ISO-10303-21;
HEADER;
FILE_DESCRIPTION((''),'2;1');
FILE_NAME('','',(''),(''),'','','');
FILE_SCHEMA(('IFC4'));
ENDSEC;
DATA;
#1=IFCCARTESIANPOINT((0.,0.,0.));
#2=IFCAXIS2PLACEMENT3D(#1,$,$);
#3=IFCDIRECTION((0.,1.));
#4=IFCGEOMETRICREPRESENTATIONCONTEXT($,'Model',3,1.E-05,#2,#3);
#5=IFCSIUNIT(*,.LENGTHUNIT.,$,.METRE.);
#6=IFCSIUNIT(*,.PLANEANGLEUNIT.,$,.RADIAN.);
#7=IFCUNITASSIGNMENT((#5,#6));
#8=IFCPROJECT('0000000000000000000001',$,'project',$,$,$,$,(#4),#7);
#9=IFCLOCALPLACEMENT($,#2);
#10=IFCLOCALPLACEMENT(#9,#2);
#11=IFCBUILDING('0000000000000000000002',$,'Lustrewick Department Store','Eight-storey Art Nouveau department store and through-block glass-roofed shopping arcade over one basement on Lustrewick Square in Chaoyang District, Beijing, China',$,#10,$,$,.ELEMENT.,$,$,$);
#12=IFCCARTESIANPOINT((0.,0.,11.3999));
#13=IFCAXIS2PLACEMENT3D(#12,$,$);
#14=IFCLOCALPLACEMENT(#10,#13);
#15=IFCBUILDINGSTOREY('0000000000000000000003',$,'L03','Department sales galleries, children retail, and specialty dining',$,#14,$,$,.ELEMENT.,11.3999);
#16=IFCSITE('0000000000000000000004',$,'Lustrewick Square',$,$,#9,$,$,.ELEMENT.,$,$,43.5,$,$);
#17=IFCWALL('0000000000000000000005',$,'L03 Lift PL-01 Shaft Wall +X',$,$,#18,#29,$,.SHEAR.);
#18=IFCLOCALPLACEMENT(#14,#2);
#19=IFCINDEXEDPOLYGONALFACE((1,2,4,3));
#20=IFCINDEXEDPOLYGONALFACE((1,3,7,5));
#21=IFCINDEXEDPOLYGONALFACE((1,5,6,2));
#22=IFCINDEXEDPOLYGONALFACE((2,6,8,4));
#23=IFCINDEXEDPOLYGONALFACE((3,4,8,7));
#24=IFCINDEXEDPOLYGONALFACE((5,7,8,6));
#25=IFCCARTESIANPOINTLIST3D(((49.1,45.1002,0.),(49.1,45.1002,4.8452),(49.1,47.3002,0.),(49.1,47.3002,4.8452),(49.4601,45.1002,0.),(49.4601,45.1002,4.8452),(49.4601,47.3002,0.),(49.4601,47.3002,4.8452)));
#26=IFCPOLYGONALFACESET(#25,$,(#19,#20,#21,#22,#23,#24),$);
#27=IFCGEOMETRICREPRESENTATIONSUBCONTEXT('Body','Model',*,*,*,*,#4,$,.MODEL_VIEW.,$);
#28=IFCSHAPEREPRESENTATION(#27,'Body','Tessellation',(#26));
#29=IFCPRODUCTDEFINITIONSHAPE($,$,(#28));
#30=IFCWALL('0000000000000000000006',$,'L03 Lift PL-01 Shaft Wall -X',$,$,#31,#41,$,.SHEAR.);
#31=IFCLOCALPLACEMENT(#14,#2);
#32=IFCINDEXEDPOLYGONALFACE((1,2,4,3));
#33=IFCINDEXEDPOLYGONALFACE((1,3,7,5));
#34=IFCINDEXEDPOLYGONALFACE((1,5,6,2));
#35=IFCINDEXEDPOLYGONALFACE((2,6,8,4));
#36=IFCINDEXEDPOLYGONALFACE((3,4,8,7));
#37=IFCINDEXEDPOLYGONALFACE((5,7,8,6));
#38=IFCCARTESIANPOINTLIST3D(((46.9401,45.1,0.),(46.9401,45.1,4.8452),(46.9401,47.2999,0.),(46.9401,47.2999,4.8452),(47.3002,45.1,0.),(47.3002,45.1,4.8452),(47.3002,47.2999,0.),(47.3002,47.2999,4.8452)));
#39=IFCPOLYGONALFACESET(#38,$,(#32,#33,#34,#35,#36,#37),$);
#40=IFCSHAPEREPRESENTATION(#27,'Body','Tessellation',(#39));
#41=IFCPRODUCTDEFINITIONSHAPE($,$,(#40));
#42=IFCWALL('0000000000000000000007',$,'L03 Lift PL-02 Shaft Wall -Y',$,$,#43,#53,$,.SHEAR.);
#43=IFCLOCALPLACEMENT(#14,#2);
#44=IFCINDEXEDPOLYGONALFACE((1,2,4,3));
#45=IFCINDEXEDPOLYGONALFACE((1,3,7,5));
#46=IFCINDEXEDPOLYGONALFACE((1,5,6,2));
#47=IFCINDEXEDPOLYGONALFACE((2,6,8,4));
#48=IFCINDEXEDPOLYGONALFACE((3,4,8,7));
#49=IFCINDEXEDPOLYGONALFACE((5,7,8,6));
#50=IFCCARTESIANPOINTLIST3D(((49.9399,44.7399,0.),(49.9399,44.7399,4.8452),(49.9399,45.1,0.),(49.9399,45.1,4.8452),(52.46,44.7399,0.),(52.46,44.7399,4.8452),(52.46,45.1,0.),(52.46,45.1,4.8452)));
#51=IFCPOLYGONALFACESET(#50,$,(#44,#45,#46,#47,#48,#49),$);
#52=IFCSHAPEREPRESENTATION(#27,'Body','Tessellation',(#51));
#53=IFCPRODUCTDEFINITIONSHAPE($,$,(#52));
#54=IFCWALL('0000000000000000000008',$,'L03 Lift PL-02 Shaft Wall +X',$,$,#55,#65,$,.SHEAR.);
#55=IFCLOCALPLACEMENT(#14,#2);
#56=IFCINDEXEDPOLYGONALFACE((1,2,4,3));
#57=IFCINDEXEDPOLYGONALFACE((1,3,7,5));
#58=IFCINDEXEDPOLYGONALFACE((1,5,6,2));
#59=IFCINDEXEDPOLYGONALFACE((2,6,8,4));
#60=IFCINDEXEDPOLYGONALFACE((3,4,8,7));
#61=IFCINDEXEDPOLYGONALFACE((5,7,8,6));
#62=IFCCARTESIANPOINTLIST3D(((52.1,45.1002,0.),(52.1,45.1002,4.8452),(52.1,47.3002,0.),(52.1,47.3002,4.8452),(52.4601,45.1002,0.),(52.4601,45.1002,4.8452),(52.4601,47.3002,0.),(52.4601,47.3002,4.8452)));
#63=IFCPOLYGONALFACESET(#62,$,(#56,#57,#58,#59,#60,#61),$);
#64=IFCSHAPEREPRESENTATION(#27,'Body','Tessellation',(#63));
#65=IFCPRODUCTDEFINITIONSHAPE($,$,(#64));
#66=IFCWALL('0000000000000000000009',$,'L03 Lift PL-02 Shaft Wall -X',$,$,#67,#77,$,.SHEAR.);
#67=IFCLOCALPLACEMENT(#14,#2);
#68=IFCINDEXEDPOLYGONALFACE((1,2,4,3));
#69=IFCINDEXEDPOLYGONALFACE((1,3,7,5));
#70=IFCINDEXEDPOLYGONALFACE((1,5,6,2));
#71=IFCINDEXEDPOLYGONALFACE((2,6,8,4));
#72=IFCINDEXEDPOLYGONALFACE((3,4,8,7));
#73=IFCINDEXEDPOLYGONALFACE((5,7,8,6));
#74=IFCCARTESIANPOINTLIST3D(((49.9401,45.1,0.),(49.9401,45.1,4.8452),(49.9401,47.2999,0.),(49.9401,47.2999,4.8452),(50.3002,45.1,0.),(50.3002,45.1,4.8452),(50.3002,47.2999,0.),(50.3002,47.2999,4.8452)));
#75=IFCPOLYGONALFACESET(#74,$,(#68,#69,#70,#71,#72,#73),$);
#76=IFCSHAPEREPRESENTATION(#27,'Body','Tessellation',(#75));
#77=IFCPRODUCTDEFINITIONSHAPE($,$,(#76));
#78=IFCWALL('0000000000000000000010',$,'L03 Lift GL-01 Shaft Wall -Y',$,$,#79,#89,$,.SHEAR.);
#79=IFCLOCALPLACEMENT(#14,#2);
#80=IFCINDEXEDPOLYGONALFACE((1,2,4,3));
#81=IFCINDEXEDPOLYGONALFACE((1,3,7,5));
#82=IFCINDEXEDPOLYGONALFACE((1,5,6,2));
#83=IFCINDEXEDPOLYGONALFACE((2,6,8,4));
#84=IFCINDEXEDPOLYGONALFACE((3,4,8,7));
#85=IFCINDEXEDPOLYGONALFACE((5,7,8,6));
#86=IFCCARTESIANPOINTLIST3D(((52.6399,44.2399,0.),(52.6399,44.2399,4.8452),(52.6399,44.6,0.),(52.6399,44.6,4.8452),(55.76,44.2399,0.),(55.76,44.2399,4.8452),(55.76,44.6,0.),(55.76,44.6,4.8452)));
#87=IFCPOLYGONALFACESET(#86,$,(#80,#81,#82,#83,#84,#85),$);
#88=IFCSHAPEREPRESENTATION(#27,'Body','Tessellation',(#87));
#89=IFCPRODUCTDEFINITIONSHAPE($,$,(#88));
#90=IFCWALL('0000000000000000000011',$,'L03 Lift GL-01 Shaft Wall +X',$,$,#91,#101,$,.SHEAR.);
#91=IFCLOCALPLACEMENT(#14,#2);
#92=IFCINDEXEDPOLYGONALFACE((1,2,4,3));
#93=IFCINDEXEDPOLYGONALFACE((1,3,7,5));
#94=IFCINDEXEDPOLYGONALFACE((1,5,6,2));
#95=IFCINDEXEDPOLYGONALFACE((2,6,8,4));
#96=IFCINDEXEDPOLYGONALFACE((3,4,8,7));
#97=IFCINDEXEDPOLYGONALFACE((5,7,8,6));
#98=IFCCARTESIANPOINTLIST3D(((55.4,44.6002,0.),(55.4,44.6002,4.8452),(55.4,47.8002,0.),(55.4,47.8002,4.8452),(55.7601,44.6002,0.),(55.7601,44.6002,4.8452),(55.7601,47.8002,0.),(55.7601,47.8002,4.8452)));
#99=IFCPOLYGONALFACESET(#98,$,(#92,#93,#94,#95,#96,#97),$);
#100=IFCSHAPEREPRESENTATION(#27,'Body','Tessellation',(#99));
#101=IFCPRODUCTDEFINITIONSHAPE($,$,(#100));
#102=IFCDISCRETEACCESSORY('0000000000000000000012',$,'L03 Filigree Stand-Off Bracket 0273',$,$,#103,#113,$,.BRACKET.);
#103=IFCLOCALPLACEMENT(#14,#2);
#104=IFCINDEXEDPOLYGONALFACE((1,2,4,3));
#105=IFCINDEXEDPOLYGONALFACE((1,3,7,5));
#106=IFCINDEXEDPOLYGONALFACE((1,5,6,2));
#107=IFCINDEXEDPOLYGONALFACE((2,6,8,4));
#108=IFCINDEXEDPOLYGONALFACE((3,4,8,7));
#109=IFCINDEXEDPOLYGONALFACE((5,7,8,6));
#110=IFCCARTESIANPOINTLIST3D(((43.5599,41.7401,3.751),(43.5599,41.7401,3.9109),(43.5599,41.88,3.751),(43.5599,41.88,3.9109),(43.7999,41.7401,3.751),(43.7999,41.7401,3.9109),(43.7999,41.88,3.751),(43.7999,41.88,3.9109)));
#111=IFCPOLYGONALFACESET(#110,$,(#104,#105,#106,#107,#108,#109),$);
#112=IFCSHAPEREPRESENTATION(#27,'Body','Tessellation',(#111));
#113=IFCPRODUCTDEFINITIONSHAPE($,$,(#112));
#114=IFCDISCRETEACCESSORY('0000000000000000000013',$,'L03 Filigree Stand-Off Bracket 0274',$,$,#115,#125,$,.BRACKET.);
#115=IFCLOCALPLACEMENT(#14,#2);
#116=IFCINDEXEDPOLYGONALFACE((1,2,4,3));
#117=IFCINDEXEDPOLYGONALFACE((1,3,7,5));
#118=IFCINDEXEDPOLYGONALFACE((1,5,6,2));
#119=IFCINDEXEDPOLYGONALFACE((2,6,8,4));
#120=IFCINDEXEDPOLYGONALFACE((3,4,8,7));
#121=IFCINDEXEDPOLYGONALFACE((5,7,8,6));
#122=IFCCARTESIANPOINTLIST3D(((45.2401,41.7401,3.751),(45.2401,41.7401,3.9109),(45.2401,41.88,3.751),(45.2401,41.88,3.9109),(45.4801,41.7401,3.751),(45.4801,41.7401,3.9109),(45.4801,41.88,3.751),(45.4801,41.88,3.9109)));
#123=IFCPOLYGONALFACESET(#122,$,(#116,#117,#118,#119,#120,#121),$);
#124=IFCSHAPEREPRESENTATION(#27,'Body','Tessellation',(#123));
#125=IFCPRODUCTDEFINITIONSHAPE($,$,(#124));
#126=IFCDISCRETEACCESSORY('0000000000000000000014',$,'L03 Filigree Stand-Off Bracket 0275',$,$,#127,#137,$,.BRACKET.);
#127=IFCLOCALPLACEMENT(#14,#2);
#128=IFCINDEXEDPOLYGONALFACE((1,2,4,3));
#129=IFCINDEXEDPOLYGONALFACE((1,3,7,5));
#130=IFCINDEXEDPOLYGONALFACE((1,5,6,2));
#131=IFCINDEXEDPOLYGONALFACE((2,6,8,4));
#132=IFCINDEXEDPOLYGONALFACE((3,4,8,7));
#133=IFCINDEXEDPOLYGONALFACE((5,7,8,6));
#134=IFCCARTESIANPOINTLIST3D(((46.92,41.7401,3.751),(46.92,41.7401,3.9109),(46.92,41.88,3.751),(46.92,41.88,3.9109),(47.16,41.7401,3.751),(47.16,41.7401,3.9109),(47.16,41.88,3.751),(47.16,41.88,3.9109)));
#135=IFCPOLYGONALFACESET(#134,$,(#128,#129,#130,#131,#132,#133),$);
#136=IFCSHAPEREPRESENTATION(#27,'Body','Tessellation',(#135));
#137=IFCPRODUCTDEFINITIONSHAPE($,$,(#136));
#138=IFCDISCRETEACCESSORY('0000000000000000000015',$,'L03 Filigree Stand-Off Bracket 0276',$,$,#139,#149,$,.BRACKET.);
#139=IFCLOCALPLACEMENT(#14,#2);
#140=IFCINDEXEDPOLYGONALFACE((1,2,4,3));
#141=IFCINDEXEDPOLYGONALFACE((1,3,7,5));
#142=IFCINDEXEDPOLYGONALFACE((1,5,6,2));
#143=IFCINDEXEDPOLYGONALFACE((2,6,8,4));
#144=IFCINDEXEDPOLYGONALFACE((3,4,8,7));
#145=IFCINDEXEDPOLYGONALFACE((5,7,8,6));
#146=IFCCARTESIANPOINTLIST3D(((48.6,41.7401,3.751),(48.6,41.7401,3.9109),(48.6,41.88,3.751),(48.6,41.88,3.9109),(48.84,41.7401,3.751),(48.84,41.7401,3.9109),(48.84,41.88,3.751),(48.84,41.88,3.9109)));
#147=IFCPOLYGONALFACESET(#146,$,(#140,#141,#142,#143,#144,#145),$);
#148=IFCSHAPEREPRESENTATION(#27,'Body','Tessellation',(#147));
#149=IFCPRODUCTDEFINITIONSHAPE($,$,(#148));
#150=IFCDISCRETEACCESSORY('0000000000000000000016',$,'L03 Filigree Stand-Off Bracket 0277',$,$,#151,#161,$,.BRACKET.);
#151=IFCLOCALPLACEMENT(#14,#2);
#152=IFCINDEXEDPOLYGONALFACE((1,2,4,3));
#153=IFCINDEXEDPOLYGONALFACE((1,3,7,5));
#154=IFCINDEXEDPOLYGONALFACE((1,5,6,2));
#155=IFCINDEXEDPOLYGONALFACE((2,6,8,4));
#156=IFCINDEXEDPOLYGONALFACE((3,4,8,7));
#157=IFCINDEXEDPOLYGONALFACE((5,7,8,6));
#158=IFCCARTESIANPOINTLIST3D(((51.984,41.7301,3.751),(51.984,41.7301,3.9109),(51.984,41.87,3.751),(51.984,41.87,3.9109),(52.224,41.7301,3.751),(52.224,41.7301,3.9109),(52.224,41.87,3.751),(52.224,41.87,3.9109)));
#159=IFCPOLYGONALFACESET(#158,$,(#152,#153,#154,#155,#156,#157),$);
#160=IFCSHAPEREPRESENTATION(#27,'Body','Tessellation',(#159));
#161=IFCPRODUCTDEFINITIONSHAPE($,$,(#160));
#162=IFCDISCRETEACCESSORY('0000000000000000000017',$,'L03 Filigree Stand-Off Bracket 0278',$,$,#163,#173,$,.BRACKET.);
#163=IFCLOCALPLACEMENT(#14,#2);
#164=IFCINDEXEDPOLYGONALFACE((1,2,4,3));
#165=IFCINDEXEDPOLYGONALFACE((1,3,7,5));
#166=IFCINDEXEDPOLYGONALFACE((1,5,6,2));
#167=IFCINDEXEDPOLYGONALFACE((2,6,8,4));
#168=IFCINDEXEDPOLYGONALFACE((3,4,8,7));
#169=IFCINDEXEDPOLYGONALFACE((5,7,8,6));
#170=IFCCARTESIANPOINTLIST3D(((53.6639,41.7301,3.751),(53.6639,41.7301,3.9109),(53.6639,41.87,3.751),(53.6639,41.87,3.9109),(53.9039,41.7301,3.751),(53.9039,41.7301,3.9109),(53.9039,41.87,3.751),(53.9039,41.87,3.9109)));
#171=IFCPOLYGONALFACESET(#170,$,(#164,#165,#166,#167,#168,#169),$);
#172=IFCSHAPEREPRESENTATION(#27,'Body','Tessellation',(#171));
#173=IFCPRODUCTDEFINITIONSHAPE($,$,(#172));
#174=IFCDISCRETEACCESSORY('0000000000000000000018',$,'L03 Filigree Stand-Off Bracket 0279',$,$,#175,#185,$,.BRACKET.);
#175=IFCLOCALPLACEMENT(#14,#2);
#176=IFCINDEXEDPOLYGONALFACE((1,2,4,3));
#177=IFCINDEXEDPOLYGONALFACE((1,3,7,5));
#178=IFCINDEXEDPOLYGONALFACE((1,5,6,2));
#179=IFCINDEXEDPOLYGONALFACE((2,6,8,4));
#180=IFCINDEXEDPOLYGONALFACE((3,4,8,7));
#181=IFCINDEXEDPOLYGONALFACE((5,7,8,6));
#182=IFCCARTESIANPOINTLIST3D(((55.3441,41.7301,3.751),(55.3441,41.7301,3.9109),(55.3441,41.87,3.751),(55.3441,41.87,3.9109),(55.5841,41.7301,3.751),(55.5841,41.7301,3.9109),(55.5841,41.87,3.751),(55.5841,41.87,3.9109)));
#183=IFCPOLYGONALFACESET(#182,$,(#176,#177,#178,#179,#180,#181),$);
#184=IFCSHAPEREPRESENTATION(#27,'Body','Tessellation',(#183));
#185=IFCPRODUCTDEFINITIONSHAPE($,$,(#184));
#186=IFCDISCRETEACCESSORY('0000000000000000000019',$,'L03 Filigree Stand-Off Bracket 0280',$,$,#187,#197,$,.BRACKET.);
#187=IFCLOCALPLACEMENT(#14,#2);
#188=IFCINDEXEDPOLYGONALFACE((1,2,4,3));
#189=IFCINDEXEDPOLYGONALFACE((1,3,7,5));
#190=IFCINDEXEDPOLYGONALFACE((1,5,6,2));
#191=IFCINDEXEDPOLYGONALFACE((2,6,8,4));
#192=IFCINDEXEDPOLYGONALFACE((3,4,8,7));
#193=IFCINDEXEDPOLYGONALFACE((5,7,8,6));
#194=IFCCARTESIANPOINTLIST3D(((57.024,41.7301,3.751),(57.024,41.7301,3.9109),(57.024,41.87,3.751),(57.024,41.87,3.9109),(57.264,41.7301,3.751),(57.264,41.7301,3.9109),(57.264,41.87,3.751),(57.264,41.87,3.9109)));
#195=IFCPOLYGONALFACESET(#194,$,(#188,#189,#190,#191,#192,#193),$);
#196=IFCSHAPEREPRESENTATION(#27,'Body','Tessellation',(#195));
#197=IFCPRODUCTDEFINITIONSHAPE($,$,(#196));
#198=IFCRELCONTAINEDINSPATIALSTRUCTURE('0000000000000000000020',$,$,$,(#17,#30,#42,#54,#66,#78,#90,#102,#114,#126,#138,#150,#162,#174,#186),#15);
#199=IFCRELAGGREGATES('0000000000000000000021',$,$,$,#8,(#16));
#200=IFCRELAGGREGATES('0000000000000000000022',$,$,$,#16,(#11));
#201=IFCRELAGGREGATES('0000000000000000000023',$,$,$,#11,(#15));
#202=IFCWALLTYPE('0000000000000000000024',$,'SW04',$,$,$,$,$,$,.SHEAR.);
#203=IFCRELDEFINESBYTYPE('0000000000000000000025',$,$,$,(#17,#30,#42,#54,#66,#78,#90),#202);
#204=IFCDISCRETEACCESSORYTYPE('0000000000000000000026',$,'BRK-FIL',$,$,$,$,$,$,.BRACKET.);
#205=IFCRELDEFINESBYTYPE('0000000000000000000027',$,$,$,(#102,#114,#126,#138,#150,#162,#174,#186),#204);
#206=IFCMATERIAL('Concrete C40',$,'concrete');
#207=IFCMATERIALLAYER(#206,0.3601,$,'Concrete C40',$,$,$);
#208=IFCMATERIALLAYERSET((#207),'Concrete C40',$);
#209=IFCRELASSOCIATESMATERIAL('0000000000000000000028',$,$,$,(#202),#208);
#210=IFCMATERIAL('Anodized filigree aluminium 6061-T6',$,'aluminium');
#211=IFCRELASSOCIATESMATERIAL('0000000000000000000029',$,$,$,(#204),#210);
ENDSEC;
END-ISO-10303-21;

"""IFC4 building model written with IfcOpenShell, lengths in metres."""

from ifc_helpers import new_model, si_unit, direction, frame, frame_2d, origin, origin_2d, place, context, subcontext, project, spatial, rectangle, extrude, material, layer, layer_set, type_object, element, save


model = new_model("IFC4")

# Units and contexts
model_context = context("Model", 3, precision=1e-05, world=origin(), true_north=direction((0.0, 1.0)))
body_context = subcontext(model_context, "Body", "Model", "MODEL_VIEW")
ifc_project = project(units=[si_unit("LENGTHUNIT", "METRE"), si_unit("PLANEANGLEUNIT", "RADIAN")], contexts=[model_context])

# Site, building, storey
site_placement = place(None, origin())
site = spatial("IfcSite", under=ifc_project, at=site_placement, Name="Lustrewick Square", CompositionType="ELEMENT", RefElevation=43.5)
building_placement = place(site_placement, origin())
building = spatial("IfcBuilding", under=site, at=building_placement, Name="Lustrewick Department Store", Description="Eight-storey Art Nouveau department store and through-block glass-roofed shopping arcade over one basement on Lustrewick Square in Chaoyang District, Beijing, China", CompositionType="ELEMENT")
storey_placement = place(building_placement, frame((0.0, 0.0, 11.3999)))
storey = spatial("IfcBuildingStorey", under=building, at=storey_placement, Name="L03", Description="Department sales galleries, children retail, and specialty dining", CompositionType="ELEMENT", Elevation=11.3999)

# Walls
ifc_material_1 = material(Name="Concrete C40", Category="concrete")
ifc_layer_1 = layer(ifc_material_1, 0.3601, Name="Concrete C40")
ifc_layer_set_1 = layer_set([ifc_layer_1], Name="Concrete C40")
wall_type_1 = type_object("IfcWallType", Name="SW04", PredefinedType="SHEAR", material=ifc_layer_set_1)
for number, where, z_axis, x_axis, name in (
    (1, (49.28, 45.1001, 0.0), (0.0, 0.0, 1.0), (0.0, 1.0, 0.0), "L03 Lift PL-01 Shaft Wall +X"),
    (2, (47.1201, 47.3, 0.0), (0.0, 0.0, 1.0), (0.0, -1.0, 0.0), "L03 Lift PL-01 Shaft Wall -X"),
):
    element("IfcWall", number, at=place(storey_placement, frame(where, z_axis=z_axis, x_axis=x_axis)), inside=storey, type_object=wall_type_1, Name=name, PredefinedType="SHEAR", context=body_context, shape_type="SweptSolid", body=[
        extrude(rectangle(XDim=2.2, YDim=0.3601, at=frame_2d((1.1001, 0.0))), origin(), (0.0, 0.0, 1.0), 4.8452),
    ])
wall_1_placement = place(storey_placement, frame((49.9399, 44.9199, 0.0), z_axis=(0.0, 0.0, 1.0), x_axis=(1.0, 0.0, 0.0)))
element("IfcWall", 3, at=wall_1_placement, inside=storey, type_object=wall_type_1, Name="L03 Lift PL-02 Shaft Wall -Y", PredefinedType="SHEAR", context=body_context, shape_type="SweptSolid", body=[
    extrude(rectangle(XDim=2.52, YDim=0.3601, at=frame_2d((1.26, 0.0))), origin(), (0.0, 0.0, 1.0), 4.8452),
])
for number, where, z_axis, x_axis, name in (
    (4, (52.28, 45.1001, 0.0), (0.0, 0.0, 1.0), (0.0, 1.0, 0.0), "L03 Lift PL-02 Shaft Wall +X"),
    (5, (50.1201, 47.3, 0.0), (0.0, 0.0, 1.0), (0.0, -1.0, 0.0), "L03 Lift PL-02 Shaft Wall -X"),
):
    element("IfcWall", number, at=place(storey_placement, frame(where, z_axis=z_axis, x_axis=x_axis)), inside=storey, type_object=wall_type_1, Name=name, PredefinedType="SHEAR", context=body_context, shape_type="SweptSolid", body=[
        extrude(rectangle(XDim=2.2, YDim=0.3601, at=frame_2d((1.1001, 0.0))), origin(), (0.0, 0.0, 1.0), 4.8452),
    ])
wall_2_placement = place(storey_placement, frame((52.6399, 44.4199, 0.0), z_axis=(0.0, 0.0, 1.0), x_axis=(1.0, 0.0, 0.0)))
element("IfcWall", 6, at=wall_2_placement, inside=storey, type_object=wall_type_1, Name="L03 Lift GL-01 Shaft Wall -Y", PredefinedType="SHEAR", context=body_context, shape_type="SweptSolid", body=[
    extrude(rectangle(XDim=3.1201, YDim=0.3601, at=frame_2d((1.5601, 0.0))), origin(), (0.0, 0.0, 1.0), 4.8452),
])
wall_3_placement = place(storey_placement, frame((55.5801, 44.6001, 0.0), z_axis=(0.0, 0.0, 1.0), x_axis=(0.0, 1.0, 0.0)))
element("IfcWall", 7, at=wall_3_placement, inside=storey, type_object=wall_type_1, Name="L03 Lift GL-01 Shaft Wall +X", PredefinedType="SHEAR", context=body_context, shape_type="SweptSolid", body=[
    extrude(rectangle(XDim=3.2, YDim=0.3601, at=frame_2d((1.6001, 0.0))), origin(), (0.0, 0.0, 1.0), 4.8452),
])

# Discrete accessories
ifc_material_2 = material(Name="Anodized filigree aluminium 6061-T6", Category="aluminium")
discrete_accessory_type = type_object("IfcDiscreteAccessoryType", Name="BRK-FIL", PredefinedType="BRACKET", material=ifc_material_2)
for number, where, z_axis, x_axis, name in (
    (8, (43.6799, 41.8101, 3.751), (0.0, 0.0, 1.0), (1.0, 0.0, 0.0), "L03 Filigree Stand-Off Bracket 0273"),
    (9, (45.3601, 41.8101, 3.751), (0.0, 0.0, 1.0), (1.0, 0.0, 0.0), "L03 Filigree Stand-Off Bracket 0274"),
    (10, (47.04, 41.8101, 3.751), (0.0, 0.0, 1.0), (1.0, 0.0, 0.0), "L03 Filigree Stand-Off Bracket 0275"),
    (11, (48.72, 41.8101, 3.751), (0.0, 0.0, 1.0), (1.0, 0.0, 0.0), "L03 Filigree Stand-Off Bracket 0276"),
    (12, (52.104, 41.8, 3.751), (0.0, 0.0, 1.0), (1.0, 0.0, 0.0), "L03 Filigree Stand-Off Bracket 0277"),
    (13, (53.7839, 41.8, 3.751), (0.0, 0.0, 1.0), (1.0, 0.0, 0.0), "L03 Filigree Stand-Off Bracket 0278"),
    (14, (55.4641, 41.8, 3.751), (0.0, 0.0, 1.0), (1.0, 0.0, 0.0), "L03 Filigree Stand-Off Bracket 0279"),
    (15, (57.144, 41.8, 3.751), (0.0, 0.0, 1.0), (1.0, 0.0, 0.0), "L03 Filigree Stand-Off Bracket 0280"),
):
    element("IfcDiscreteAccessory", number, at=place(storey_placement, frame(where, z_axis=z_axis, x_axis=x_axis)), inside=storey, type_object=discrete_accessory_type, Name=name, PredefinedType="BRACKET", context=body_context, shape_type="SweptSolid", body=[
        extrude(rectangle(XDim=0.24, YDim=0.1399, at=origin_2d()), origin(), (0.0, 0.0, 1.0), 0.1599),
    ])

save(model, "model.ifc")
